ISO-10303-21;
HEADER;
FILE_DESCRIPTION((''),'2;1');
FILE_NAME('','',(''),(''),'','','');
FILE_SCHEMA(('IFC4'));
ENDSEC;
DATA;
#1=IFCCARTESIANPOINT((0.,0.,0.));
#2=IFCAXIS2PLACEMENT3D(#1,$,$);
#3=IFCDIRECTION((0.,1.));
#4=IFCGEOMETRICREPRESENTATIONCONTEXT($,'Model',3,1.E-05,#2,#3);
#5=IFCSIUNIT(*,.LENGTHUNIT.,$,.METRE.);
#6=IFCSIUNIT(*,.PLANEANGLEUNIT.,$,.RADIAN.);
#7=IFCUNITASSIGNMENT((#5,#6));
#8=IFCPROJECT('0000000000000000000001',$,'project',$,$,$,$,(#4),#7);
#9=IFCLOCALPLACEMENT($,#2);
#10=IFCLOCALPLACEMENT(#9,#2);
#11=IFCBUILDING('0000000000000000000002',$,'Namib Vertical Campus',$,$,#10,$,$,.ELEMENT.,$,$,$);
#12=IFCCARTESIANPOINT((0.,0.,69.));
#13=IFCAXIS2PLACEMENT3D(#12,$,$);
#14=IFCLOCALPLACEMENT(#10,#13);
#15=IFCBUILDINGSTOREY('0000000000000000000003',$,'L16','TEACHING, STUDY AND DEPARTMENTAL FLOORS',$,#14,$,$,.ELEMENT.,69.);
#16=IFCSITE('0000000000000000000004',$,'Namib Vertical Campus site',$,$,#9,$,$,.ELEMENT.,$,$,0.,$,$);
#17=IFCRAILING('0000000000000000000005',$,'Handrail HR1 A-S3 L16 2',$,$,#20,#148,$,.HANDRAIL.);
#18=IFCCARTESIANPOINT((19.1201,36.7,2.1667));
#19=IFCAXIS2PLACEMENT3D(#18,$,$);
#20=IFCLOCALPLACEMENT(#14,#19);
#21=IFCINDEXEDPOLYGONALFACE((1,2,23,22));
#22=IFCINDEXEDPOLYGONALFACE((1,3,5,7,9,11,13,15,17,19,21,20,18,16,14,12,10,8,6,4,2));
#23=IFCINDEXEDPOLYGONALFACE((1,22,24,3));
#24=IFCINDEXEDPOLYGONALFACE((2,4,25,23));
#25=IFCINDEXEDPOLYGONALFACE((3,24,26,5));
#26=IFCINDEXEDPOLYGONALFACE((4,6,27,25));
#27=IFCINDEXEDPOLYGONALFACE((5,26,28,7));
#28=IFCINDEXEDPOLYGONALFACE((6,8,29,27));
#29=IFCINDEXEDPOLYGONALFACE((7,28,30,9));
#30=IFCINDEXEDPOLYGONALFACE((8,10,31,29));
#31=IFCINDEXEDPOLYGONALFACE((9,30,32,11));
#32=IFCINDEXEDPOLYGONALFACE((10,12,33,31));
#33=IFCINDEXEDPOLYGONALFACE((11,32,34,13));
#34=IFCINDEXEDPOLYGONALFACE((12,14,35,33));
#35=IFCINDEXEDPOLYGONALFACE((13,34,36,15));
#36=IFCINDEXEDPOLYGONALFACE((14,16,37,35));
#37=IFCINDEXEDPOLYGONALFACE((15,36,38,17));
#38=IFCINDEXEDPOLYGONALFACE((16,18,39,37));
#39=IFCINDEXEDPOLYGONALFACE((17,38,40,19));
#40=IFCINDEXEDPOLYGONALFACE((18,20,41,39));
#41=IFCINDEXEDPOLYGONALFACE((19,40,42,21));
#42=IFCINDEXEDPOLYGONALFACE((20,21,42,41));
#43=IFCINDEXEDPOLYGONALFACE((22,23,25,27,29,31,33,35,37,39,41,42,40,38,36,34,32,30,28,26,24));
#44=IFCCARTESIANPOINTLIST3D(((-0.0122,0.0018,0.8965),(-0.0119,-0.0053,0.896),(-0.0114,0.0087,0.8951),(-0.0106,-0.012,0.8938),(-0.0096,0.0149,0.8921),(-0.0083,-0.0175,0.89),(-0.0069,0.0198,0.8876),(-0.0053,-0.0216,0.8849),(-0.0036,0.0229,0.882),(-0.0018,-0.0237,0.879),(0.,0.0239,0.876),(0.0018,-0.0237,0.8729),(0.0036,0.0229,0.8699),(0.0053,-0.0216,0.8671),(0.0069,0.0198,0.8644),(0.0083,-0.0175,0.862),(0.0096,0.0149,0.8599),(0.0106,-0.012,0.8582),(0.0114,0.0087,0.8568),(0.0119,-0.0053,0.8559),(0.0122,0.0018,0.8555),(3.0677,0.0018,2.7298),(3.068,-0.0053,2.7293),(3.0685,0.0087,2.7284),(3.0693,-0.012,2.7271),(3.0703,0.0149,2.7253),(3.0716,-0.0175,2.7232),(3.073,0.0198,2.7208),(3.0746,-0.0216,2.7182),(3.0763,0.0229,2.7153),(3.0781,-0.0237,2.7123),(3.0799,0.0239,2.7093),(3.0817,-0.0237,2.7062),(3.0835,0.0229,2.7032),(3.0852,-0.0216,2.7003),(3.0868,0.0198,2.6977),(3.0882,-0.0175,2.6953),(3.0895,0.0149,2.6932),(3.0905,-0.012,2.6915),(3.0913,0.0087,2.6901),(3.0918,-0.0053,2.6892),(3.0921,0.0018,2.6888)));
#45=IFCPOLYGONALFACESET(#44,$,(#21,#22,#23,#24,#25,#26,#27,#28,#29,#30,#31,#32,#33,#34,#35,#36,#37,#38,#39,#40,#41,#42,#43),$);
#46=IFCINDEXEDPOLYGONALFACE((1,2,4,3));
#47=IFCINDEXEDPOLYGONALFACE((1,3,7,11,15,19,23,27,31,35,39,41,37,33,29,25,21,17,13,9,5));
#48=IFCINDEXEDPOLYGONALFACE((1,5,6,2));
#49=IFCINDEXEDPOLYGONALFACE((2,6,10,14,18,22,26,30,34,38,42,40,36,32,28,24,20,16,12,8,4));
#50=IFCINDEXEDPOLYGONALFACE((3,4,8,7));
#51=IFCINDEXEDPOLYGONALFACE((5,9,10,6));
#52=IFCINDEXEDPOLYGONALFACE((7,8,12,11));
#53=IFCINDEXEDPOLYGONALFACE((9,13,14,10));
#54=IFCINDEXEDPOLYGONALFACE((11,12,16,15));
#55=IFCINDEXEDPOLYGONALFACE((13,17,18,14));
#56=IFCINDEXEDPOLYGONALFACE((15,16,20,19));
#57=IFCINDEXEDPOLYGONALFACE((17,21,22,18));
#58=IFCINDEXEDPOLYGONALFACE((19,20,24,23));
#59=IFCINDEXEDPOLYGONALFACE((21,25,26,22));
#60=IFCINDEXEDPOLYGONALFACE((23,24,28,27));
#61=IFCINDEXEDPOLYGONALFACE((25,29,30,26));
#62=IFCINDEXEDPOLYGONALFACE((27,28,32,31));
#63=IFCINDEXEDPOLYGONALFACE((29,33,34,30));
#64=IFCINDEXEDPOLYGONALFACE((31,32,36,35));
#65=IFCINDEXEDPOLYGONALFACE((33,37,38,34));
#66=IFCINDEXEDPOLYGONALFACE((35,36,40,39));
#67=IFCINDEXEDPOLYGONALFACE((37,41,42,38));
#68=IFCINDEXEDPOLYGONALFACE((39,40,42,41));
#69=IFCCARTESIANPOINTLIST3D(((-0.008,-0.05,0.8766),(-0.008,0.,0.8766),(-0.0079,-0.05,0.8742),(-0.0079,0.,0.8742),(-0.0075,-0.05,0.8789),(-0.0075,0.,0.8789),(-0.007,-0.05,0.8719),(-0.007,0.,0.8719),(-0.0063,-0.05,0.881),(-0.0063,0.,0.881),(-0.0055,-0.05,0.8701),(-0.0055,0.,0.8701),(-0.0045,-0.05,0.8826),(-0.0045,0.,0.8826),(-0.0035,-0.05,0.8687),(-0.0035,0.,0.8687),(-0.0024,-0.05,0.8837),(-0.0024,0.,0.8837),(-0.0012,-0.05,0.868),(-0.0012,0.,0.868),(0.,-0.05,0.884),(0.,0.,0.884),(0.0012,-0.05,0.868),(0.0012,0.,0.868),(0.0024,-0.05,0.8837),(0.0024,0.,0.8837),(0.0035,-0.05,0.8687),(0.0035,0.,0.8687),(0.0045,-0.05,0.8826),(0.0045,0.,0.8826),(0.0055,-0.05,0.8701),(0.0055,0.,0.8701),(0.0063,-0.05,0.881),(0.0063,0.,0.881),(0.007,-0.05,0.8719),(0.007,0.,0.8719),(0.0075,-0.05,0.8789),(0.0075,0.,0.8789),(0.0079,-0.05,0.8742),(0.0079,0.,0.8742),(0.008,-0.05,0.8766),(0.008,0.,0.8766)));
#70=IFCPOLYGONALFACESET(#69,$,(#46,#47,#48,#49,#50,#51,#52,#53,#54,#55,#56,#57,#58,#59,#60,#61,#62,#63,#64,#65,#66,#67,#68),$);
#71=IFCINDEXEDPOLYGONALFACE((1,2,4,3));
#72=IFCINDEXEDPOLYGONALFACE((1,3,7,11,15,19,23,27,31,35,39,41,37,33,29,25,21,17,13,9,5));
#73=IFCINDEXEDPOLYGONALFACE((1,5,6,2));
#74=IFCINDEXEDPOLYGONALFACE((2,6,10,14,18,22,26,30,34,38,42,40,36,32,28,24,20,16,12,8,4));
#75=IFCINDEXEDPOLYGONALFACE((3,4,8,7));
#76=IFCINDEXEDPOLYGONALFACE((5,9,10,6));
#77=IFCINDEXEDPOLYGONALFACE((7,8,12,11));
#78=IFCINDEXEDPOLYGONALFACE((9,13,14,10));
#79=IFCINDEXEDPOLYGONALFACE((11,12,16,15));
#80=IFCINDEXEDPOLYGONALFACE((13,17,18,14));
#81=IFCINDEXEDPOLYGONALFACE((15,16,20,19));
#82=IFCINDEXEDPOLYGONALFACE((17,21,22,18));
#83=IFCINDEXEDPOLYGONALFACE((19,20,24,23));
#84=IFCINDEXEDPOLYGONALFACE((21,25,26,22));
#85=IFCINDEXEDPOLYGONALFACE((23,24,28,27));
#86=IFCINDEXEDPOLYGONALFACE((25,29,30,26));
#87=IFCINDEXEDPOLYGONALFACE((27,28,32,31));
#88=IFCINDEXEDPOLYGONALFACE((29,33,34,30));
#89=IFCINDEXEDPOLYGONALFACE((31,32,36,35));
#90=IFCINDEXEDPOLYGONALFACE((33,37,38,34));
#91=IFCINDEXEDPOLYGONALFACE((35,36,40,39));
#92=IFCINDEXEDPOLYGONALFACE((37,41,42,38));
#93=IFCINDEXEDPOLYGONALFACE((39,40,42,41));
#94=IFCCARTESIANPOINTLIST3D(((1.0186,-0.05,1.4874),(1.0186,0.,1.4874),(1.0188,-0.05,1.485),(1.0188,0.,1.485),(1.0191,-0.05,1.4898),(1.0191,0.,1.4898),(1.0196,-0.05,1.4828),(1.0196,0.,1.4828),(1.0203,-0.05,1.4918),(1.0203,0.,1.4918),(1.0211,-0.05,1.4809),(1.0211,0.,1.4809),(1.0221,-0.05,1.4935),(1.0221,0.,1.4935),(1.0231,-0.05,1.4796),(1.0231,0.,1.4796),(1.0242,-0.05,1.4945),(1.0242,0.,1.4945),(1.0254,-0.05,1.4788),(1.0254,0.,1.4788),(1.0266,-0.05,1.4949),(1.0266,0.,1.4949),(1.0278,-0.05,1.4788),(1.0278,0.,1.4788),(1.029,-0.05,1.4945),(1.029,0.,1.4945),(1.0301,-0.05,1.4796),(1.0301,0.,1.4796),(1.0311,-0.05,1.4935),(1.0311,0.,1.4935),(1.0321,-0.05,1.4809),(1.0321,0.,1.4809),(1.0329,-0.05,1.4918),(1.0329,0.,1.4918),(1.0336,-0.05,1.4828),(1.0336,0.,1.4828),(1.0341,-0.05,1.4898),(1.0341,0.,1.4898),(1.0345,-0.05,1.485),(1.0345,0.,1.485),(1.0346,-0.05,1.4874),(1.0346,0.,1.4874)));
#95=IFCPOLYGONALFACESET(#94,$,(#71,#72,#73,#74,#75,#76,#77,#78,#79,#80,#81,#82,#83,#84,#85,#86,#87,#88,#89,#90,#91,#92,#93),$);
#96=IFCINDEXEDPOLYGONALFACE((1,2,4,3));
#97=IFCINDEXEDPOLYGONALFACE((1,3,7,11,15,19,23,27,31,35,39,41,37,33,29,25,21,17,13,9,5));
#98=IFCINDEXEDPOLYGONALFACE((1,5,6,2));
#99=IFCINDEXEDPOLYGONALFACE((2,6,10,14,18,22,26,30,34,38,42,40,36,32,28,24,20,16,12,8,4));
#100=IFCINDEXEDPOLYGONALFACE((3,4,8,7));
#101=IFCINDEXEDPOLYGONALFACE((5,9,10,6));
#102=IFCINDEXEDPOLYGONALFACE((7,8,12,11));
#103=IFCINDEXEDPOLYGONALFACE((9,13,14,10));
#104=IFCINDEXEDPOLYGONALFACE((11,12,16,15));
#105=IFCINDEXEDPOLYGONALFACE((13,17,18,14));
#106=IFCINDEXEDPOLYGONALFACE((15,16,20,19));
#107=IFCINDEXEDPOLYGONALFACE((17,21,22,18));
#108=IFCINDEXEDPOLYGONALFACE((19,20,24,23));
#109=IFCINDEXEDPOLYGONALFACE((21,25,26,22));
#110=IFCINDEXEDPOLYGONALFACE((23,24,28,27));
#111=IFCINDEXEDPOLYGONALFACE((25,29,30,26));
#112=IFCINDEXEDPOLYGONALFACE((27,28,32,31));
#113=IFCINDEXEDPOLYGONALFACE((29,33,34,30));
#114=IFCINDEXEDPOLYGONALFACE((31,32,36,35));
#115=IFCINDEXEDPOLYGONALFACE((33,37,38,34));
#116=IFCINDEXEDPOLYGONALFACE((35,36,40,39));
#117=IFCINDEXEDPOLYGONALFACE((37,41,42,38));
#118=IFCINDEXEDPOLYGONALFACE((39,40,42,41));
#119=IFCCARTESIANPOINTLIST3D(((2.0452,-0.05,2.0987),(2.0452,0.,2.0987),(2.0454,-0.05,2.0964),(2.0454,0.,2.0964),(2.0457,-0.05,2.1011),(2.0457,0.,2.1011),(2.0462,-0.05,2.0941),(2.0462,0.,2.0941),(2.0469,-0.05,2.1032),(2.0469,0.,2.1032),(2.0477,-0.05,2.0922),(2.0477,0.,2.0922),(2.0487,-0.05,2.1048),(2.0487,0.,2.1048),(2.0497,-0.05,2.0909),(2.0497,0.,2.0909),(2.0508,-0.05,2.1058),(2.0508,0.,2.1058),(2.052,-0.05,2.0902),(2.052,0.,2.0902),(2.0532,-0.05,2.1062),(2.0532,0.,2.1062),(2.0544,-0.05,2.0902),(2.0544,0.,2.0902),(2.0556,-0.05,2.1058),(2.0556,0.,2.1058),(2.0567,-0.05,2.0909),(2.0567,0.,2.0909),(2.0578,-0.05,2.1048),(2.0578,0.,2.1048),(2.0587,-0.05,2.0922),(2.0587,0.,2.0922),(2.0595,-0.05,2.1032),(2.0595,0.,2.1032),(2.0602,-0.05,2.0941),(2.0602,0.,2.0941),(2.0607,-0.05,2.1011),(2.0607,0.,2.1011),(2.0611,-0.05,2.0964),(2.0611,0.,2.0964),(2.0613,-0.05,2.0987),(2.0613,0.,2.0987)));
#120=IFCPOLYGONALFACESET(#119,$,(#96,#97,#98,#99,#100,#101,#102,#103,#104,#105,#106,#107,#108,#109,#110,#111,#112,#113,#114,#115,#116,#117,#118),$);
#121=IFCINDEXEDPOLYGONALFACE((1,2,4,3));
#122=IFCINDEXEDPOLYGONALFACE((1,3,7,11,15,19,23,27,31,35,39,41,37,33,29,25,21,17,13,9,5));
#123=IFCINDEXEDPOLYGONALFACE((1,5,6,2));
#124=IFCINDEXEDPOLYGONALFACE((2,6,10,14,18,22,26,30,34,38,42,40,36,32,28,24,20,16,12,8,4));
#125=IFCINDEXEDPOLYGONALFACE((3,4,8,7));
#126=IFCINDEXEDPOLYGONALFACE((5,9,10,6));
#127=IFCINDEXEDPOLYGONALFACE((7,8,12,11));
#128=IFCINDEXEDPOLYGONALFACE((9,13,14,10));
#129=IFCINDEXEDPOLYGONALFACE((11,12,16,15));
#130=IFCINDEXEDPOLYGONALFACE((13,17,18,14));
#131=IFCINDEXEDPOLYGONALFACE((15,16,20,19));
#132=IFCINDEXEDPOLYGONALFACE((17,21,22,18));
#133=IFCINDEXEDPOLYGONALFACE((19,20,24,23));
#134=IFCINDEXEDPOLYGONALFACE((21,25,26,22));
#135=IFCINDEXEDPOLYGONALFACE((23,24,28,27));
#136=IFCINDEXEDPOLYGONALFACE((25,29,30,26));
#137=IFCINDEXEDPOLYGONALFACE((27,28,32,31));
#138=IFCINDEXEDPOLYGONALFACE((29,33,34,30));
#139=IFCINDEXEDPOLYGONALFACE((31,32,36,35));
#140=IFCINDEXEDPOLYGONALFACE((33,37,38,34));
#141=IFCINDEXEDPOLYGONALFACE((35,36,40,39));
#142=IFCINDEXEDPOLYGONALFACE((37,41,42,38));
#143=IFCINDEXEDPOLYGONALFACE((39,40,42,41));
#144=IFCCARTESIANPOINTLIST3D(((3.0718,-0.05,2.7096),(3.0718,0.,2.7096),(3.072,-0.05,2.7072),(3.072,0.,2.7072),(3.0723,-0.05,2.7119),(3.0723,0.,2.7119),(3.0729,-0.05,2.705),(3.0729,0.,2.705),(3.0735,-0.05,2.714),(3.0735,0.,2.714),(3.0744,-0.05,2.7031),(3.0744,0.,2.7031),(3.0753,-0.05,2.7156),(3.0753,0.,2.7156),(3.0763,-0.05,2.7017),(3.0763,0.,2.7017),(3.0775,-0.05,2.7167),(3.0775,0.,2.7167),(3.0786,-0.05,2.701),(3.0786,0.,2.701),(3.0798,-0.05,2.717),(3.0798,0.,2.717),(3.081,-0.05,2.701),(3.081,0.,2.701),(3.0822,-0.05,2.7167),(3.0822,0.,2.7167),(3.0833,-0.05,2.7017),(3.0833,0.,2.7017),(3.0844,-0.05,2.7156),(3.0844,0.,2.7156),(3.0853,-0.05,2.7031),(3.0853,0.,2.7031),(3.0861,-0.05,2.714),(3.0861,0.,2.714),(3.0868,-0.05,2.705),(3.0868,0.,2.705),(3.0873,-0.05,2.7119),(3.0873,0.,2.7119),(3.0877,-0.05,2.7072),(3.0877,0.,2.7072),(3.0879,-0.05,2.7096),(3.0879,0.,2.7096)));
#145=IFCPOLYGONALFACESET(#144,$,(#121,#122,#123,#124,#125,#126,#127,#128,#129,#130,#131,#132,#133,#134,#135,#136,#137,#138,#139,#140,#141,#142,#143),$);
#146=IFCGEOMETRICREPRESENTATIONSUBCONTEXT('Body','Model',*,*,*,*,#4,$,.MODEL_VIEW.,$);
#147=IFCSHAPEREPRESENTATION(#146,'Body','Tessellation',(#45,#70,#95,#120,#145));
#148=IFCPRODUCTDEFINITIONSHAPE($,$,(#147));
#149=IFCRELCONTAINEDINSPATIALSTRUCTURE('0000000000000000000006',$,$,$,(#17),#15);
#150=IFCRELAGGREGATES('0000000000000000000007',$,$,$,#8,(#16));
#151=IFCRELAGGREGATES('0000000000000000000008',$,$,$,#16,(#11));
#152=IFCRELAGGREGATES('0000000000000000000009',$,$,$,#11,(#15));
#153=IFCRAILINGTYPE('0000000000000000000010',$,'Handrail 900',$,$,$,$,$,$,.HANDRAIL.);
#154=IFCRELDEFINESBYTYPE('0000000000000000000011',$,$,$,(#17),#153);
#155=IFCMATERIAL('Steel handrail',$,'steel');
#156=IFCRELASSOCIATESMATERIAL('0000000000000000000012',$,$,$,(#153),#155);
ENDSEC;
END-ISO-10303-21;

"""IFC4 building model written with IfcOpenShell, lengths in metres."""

from ifc_helpers import new_model, si_unit, direction, frame, origin, origin_2d, place, context, subcontext, project, spatial, circle, extrude, material, type_object, element, save


model = new_model("IFC4")

# Units and contexts
model_context = context("Model", 3, precision=1e-05, world=origin(), true_north=direction((0.0, 1.0)))
body_context = subcontext(model_context, "Body", "Model", "MODEL_VIEW")
ifc_project = project(units=[si_unit("LENGTHUNIT", "METRE"), si_unit("PLANEANGLEUNIT", "RADIAN")], contexts=[model_context])

# Site, building, storey
site_placement = place(None, origin())
site = spatial("IfcSite", under=ifc_project, at=site_placement, Name="Namib Vertical Campus site", CompositionType="ELEMENT", RefElevation=0.0)
building_placement = place(site_placement, origin())
building = spatial("IfcBuilding", under=site, at=building_placement, Name="Namib Vertical Campus", CompositionType="ELEMENT")
storey_placement = place(building_placement, frame((0.0, 0.0, 69.0)))
storey = spatial("IfcBuildingStorey", under=building, at=storey_placement, Name="L16", Description="TEACHING, STUDY AND DEPARTMENTAL FLOORS", CompositionType="ELEMENT", Elevation=69.0)

# Railing
ifc_material_1 = material(Name="Steel handrail", Category="steel")
railing_type = type_object("IfcRailingType", Name="Handrail 900", PredefinedType="HANDRAIL", material=ifc_material_1)
railing_1_placement = place(storey_placement, frame((19.1201, 36.7, 2.1667)))
element("IfcRailing", 1, at=railing_1_placement, inside=storey, type_object=railing_type, Name="Handrail HR1 A-S3 L16 2", PredefinedType="HANDRAIL", context=body_context, shape_type="SweptSolid", body=[
    extrude(circle(Radius=0.0239, at=origin_2d()), frame((0.0, 0.0, 0.876), z_axis=(0.859291, 0.0, 0.511487), x_axis=(0.0, 1.0, 0.0)), (0.0, 0.0, 1.0), 3.5842),
    extrude(circle(Radius=0.0081, at=origin_2d()), frame((0.0, 0.0, 0.876), z_axis=(0.0, -1.0, 0.0), x_axis=(0.0, 0.0, 1.0)), (0.0, 0.0, 1.0), 0.05),
    extrude(circle(Radius=0.0081, at=origin_2d()), frame((1.0266, 0.0, 1.4868), z_axis=(0.0, -1.0, 0.0), x_axis=(0.0, 0.0, 1.0)), (0.0, 0.0, 1.0), 0.05),
    extrude(circle(Radius=0.0081, at=origin_2d()), frame((2.0532, 0.0, 2.0981), z_axis=(0.0, -1.0, 0.0), x_axis=(0.0, 0.0, 1.0)), (0.0, 0.0, 1.0), 0.05),
    extrude(circle(Radius=0.0081, at=origin_2d()), frame((3.0798, 0.0, 2.709), z_axis=(0.0, -1.0, 0.0), x_axis=(0.0, 0.0, 1.0)), (0.0, 0.0, 1.0), 0.05),
])

save(model, "model.ifc")
